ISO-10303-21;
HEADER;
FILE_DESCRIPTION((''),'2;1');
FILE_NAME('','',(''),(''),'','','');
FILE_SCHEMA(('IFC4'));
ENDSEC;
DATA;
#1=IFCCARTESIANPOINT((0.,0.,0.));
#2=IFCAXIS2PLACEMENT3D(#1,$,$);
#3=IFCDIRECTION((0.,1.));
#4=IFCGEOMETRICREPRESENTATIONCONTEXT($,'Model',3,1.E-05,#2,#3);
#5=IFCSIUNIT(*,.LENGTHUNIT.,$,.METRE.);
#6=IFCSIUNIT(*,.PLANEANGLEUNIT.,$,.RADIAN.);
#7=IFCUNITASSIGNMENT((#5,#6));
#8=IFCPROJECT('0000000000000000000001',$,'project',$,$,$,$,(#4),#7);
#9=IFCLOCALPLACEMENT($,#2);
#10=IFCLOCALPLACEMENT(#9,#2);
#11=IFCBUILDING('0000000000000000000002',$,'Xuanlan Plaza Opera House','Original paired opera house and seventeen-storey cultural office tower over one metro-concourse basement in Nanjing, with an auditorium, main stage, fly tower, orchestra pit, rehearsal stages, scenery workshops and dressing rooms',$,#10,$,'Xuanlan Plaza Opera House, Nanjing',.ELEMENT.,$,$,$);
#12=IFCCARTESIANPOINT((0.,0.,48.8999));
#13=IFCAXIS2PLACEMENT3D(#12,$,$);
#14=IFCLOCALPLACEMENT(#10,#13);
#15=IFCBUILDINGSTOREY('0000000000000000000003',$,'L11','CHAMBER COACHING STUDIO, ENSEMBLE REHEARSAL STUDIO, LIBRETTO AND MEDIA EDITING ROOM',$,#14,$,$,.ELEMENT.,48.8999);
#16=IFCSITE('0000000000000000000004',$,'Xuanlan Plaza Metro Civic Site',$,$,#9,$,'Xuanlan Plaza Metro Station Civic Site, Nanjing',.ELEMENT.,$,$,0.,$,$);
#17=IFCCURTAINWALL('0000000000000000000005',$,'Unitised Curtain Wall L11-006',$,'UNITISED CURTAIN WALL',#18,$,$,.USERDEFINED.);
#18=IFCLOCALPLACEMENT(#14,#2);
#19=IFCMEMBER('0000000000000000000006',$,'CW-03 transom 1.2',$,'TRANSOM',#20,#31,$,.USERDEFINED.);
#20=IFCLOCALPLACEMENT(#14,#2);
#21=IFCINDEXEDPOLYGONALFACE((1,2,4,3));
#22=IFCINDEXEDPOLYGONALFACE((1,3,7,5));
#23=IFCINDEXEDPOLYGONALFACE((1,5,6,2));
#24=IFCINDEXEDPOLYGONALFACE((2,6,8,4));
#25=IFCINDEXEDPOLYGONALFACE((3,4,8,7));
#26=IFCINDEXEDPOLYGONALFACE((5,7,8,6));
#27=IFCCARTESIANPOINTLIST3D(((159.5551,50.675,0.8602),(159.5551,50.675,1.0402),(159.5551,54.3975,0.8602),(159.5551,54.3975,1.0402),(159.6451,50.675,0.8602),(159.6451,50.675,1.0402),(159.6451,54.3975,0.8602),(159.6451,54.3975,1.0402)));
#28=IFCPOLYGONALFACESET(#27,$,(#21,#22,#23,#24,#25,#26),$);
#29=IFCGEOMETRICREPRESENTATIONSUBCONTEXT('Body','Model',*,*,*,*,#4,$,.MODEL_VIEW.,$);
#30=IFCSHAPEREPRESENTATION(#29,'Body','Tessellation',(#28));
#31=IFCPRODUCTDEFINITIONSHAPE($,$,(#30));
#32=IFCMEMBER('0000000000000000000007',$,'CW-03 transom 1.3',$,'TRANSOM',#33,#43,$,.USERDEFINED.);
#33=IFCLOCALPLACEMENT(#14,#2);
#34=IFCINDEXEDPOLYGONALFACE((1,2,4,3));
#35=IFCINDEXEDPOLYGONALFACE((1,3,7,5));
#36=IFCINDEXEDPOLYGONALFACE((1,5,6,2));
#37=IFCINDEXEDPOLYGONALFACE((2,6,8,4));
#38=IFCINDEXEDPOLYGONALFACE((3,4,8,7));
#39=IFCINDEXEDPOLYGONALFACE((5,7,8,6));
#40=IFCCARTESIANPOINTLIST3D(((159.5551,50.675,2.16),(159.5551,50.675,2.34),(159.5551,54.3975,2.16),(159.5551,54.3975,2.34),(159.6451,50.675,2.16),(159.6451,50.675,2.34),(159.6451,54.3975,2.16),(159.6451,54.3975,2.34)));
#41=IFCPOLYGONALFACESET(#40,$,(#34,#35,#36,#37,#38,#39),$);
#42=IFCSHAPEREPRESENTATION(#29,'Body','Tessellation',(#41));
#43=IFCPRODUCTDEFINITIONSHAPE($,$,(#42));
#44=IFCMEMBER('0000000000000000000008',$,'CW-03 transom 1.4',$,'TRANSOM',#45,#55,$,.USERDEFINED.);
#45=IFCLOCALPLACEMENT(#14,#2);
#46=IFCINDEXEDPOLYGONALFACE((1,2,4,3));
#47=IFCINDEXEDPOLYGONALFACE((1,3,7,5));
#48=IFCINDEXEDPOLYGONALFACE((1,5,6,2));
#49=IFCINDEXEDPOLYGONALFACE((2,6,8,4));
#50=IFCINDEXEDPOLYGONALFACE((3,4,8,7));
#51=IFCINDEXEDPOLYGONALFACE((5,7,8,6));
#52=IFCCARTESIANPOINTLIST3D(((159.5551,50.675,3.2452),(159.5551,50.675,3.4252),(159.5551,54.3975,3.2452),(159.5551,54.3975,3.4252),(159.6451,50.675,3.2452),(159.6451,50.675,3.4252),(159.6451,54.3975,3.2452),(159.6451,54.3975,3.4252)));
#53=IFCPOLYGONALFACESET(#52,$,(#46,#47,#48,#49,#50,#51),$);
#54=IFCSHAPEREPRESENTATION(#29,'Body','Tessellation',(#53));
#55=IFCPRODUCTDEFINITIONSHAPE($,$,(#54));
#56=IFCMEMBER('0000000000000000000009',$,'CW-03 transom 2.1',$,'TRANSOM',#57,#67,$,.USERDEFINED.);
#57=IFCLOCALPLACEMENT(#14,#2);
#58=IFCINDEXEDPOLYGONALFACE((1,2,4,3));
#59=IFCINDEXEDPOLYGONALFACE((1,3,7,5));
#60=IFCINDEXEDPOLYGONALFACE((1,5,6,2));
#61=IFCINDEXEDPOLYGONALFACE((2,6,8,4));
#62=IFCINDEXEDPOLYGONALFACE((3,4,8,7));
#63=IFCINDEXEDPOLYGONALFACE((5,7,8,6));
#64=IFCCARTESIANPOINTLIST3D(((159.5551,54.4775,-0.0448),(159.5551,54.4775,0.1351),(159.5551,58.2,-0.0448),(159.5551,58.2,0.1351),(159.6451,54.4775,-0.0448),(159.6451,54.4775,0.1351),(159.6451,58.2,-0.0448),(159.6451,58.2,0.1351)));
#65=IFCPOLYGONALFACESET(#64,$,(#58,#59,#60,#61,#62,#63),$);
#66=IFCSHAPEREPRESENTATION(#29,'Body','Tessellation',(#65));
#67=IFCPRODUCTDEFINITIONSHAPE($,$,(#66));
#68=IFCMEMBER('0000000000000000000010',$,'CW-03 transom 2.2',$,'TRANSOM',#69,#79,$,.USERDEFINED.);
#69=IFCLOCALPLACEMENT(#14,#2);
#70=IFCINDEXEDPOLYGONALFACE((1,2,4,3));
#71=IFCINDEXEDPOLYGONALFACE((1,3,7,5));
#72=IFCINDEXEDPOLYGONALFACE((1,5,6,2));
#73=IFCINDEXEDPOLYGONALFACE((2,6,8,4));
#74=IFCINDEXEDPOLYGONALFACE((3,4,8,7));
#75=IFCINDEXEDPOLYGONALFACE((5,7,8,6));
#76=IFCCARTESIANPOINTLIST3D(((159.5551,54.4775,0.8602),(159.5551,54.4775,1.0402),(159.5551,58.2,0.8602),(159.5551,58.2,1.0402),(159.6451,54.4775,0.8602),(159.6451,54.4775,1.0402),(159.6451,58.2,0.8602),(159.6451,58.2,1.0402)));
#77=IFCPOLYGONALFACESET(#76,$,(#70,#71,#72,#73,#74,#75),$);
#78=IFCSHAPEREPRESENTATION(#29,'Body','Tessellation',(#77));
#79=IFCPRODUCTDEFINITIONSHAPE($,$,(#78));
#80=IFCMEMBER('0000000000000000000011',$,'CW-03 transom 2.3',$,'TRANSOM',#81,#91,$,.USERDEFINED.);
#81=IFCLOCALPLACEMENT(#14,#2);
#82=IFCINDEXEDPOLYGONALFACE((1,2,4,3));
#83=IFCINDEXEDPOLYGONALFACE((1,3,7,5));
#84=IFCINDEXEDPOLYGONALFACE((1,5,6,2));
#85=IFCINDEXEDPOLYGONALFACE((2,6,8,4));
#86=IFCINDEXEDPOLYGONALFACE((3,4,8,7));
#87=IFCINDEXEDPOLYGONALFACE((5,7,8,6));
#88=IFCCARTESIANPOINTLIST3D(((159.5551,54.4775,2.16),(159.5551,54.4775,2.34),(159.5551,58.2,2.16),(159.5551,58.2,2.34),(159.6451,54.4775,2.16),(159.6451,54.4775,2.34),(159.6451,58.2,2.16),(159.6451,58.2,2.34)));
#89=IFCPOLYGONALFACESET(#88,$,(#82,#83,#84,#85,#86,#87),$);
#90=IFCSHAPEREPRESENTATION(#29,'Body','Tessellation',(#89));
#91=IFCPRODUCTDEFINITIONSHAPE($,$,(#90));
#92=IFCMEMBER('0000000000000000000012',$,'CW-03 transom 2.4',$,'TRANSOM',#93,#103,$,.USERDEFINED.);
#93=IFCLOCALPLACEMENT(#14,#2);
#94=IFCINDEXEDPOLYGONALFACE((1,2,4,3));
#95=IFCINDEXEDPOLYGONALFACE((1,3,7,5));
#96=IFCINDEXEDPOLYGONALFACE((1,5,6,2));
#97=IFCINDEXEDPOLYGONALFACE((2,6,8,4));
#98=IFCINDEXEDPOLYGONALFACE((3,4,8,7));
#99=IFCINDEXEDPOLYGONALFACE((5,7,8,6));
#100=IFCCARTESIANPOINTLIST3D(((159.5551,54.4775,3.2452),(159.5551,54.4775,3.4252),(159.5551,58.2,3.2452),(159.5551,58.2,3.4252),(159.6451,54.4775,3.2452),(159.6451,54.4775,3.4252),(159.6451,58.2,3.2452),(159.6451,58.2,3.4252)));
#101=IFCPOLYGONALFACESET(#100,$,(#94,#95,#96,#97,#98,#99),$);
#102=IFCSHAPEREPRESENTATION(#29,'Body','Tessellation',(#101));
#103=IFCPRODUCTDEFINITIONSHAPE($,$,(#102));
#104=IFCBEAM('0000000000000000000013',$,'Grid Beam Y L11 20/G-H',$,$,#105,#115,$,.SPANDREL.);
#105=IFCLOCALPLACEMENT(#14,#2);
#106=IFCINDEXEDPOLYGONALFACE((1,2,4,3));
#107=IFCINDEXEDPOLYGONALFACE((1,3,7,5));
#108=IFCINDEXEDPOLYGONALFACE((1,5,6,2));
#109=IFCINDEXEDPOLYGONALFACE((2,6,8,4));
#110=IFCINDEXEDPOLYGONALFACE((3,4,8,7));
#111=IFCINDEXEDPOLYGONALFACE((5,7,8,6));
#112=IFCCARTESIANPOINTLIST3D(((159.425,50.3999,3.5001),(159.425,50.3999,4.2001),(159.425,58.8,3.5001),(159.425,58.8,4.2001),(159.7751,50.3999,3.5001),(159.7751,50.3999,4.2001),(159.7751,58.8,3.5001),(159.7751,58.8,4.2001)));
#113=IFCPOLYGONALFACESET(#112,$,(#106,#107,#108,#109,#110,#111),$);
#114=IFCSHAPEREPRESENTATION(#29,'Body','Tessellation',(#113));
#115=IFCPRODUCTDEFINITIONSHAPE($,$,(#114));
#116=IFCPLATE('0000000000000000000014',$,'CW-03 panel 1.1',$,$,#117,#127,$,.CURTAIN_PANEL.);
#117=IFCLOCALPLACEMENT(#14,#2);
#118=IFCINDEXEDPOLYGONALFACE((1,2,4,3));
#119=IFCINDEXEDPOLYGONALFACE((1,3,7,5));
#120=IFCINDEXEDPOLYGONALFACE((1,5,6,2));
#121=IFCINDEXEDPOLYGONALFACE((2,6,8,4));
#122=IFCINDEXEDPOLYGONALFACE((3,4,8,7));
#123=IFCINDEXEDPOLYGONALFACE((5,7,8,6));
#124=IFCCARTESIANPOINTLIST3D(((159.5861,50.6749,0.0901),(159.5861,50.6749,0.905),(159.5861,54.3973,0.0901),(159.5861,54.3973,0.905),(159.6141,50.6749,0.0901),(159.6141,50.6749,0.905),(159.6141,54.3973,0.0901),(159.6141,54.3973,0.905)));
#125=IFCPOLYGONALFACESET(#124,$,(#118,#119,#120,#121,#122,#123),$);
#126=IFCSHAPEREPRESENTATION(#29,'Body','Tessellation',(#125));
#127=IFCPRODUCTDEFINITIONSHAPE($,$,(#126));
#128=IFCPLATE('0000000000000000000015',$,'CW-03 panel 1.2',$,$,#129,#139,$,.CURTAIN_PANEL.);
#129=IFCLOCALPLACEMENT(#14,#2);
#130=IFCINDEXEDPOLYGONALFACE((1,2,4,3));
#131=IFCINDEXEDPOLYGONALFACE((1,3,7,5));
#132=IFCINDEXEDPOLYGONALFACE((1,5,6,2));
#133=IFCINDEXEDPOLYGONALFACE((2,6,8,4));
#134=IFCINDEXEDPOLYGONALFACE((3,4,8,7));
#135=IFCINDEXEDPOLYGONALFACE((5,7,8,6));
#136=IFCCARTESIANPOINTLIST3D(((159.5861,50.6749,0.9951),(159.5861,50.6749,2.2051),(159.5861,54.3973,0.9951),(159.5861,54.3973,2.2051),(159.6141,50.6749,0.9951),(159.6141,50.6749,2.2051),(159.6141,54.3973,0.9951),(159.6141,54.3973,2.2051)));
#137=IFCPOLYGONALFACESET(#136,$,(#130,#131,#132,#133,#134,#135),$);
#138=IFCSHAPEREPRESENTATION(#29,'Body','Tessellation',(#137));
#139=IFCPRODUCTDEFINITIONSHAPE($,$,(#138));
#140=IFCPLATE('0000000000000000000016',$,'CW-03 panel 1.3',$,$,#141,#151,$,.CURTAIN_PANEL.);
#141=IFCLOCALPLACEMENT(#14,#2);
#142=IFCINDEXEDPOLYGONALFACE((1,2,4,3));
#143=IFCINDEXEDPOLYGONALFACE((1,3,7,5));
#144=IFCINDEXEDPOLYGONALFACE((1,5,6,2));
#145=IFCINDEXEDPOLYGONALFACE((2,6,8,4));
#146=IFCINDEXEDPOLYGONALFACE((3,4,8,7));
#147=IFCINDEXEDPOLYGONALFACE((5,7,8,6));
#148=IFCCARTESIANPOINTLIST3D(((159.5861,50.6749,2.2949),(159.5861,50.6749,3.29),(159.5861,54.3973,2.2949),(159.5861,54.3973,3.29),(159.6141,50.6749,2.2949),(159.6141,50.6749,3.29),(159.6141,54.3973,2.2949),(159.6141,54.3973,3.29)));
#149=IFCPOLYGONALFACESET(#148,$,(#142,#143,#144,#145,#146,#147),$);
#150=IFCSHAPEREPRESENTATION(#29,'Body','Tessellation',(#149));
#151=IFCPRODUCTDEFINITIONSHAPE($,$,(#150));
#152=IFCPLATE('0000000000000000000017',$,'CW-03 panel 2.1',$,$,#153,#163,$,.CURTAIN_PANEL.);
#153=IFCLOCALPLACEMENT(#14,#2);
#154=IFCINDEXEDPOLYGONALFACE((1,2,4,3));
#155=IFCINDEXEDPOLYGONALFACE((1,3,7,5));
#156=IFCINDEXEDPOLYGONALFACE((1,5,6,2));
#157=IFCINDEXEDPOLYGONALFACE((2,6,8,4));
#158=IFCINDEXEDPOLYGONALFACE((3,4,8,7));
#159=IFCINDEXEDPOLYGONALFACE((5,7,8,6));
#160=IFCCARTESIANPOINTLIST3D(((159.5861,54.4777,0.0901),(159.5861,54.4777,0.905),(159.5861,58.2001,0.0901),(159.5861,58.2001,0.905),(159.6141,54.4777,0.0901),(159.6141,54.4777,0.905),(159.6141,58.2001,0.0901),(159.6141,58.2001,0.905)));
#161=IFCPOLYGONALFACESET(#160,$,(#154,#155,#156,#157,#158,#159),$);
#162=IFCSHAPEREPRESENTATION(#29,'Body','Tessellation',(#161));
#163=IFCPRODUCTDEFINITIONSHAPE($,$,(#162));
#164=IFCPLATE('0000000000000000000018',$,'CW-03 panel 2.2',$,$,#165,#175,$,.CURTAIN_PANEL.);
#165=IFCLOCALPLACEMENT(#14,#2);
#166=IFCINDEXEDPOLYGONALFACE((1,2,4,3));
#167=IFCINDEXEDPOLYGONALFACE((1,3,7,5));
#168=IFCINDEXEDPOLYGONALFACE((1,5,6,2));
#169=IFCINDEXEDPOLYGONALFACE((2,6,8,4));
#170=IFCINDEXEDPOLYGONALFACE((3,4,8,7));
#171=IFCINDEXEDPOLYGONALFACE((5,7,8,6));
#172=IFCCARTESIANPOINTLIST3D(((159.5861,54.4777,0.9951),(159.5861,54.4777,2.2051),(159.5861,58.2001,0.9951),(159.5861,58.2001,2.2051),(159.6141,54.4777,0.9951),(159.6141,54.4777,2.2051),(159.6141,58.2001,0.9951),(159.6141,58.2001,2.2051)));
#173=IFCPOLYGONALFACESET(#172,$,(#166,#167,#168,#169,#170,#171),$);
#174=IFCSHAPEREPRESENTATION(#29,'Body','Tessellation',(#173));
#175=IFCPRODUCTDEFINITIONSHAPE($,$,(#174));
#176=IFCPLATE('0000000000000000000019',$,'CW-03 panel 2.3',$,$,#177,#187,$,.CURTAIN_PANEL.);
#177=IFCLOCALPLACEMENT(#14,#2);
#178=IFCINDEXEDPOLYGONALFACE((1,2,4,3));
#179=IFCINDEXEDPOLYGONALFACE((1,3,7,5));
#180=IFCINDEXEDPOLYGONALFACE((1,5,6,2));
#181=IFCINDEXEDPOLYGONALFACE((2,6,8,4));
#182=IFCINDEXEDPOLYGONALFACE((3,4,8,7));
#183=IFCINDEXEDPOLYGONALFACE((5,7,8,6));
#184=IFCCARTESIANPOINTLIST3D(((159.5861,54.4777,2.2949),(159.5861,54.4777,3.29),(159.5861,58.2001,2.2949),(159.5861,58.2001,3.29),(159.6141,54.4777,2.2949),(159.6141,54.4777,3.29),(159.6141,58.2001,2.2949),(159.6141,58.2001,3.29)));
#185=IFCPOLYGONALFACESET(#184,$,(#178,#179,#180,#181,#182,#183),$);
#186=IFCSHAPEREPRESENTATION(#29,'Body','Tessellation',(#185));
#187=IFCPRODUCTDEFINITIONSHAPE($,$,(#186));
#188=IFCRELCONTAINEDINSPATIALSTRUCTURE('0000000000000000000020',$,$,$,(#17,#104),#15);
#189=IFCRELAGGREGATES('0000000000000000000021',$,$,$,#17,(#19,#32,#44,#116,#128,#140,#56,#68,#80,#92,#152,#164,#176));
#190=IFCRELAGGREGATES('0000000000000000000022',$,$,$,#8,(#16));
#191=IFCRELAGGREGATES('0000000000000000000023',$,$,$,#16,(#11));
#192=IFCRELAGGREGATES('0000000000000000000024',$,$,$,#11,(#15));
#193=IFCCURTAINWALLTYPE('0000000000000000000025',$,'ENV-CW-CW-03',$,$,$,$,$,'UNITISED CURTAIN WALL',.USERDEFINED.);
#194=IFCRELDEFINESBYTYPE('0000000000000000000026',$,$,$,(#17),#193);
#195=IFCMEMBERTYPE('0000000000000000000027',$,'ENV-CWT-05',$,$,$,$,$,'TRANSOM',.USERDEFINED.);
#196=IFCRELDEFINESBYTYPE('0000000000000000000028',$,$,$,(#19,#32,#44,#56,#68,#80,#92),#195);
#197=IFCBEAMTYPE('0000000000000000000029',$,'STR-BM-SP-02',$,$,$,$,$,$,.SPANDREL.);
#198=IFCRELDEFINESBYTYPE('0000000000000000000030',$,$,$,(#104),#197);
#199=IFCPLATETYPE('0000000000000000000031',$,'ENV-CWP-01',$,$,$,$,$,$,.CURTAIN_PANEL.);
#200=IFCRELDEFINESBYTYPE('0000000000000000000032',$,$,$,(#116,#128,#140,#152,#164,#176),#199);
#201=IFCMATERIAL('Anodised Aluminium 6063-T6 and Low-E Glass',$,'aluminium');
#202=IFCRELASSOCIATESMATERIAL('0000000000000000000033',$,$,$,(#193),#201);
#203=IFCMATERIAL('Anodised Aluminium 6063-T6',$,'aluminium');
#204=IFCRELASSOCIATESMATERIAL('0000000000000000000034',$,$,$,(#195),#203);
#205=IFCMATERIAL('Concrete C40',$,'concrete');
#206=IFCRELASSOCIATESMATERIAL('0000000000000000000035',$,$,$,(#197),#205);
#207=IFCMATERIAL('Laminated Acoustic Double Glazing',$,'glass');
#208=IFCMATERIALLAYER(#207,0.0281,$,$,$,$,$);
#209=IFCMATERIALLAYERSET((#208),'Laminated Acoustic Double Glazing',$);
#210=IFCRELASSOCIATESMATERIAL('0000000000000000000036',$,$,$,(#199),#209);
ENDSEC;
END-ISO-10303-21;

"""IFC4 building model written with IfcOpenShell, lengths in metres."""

from ifc_helpers import new_model, si_unit, direction, frame, origin, origin_2d, place, context, subcontext, project, spatial, rectangle, extrude, material, layer, layer_set, material_profile, profile_set, type_object, element, aggregate, save


model = new_model("IFC4")

# Units and contexts
model_context = context("Model", 3, precision=1e-05, world=origin(), true_north=direction((0.0, 1.0)))
body_context = subcontext(model_context, "Body", "Model", "MODEL_VIEW")
ifc_project = project(units=[si_unit("LENGTHUNIT", "METRE"), si_unit("PLANEANGLEUNIT", "RADIAN")], contexts=[model_context])

# Site, building, storey
site_placement = place(None, origin())
site = spatial("IfcSite", under=ifc_project, at=site_placement, Name="Xuanlan Plaza Metro Civic Site", LongName="Xuanlan Plaza Metro Station Civic Site, Nanjing", CompositionType="ELEMENT", RefElevation=0.0)
building_placement = place(site_placement, origin())
building = spatial("IfcBuilding", under=site, at=building_placement, Name="Xuanlan Plaza Opera House", Description="Original paired opera house and seventeen-storey cultural office tower over one metro-concourse basement in Nanjing, with an auditorium, main stage, fly tower, orchestra pit, rehearsal stages, scenery workshops and dressing rooms", LongName="Xuanlan Plaza Opera House, Nanjing", CompositionType="ELEMENT")
storey_placement = place(building_placement, frame((0.0, 0.0, 48.8999)))
storey = spatial("IfcBuildingStorey", under=building, at=storey_placement, Name="L11", Description="CHAMBER COACHING STUDIO, ENSEMBLE REHEARSAL STUDIO, LIBRETTO AND MEDIA EDITING ROOM", CompositionType="ELEMENT", Elevation=48.8999)

# Curtain wall
ifc_material_1 = material(Name="Anodised Aluminium 6063-T6 and Low-E Glass", Category="aluminium")
ifc_material_2 = material(Name="Anodised Aluminium 6063-T6", Category="aluminium")
curtain_wall_type_1 = type_object("IfcCurtainWallType", Name="ENV-CW-CW-03", ElementType="UNITISED CURTAIN WALL", PredefinedType="USERDEFINED", material=ifc_material_1)
curtain_wall_1_placement = place(storey_placement, origin())
curtain_wall_1 = element("IfcCurtainWall", 1, at=curtain_wall_1_placement, inside=storey, type_object=curtain_wall_type_1, Name="Unitised Curtain Wall L11-006", ObjectType="UNITISED CURTAIN WALL", PredefinedType="USERDEFINED")

# Members
ifc_material_profile_1 = material_profile(ifc_material_2, rectangle(XDim=0.0901, YDim=0.1799, at=origin_2d()), Name="ALU-T 90x180")
ifc_profile_set_1 = profile_set([ifc_material_profile_1], Name="Anodised Aluminium 6063-T6")
member_type_1 = type_object("IfcMemberType", Name="ENV-CWT-05", ElementType="TRANSOM", PredefinedType="USERDEFINED", material=ifc_profile_set_1)
member_1_placement = place(storey_placement, frame((159.6001, 50.675, 0.9502), z_axis=(0.0, 1.0, 0.0), x_axis=(-1.0, 0.0, 0.0)))
member_1 = element("IfcMember", 2, at=member_1_placement, type_object=member_type_1, Name="CW-03 transom 1.2", ObjectType="TRANSOM", PredefinedType="USERDEFINED", context=body_context, shape_type="SweptSolid", body=[
    extrude(rectangle(XDim=0.0901, YDim=0.1799, at=origin_2d()), origin(), (0.0, 0.0, 1.0), 3.7224),
])
member_2_placement = place(storey_placement, frame((159.6001, 50.675, 2.25), z_axis=(0.0, 1.0, 0.0), x_axis=(-1.0, 0.0, 0.0)))
member_2 = element("IfcMember", 3, at=member_2_placement, type_object=member_type_1, Name="CW-03 transom 1.3", ObjectType="TRANSOM", PredefinedType="USERDEFINED", context=body_context, shape_type="SweptSolid", body=[
    extrude(rectangle(XDim=0.0901, YDim=0.1799, at=origin_2d()), origin(), (0.0, 0.0, 1.0), 3.7224),
])
member_3_placement = place(storey_placement, frame((159.6001, 50.675, 3.3352), z_axis=(0.0, 1.0, 0.0), x_axis=(-1.0, 0.0, 0.0)))
member_3 = element("IfcMember", 4, at=member_3_placement, type_object=member_type_1, Name="CW-03 transom 1.4", ObjectType="TRANSOM", PredefinedType="USERDEFINED", context=body_context, shape_type="SweptSolid", body=[
    extrude(rectangle(XDim=0.0901, YDim=0.1799, at=origin_2d()), origin(), (0.0, 0.0, 1.0), 3.7224),
])
member_4_placement = place(storey_placement, frame((159.6001, 54.4775, 0.0452), z_axis=(0.0, 1.0, 0.0), x_axis=(-1.0, 0.0, 0.0)))
member_4 = element("IfcMember", 5, at=member_4_placement, type_object=member_type_1, Name="CW-03 transom 2.1", ObjectType="TRANSOM", PredefinedType="USERDEFINED", context=body_context, shape_type="SweptSolid", body=[
    extrude(rectangle(XDim=0.0901, YDim=0.1799, at=origin_2d()), origin(), (0.0, 0.0, 1.0), 3.7224),
])
member_5_placement = place(storey_placement, frame((159.6001, 54.4775, 0.9502), z_axis=(0.0, 1.0, 0.0), x_axis=(-1.0, 0.0, 0.0)))
member_5 = element("IfcMember", 6, at=member_5_placement, type_object=member_type_1, Name="CW-03 transom 2.2", ObjectType="TRANSOM", PredefinedType="USERDEFINED", context=body_context, shape_type="SweptSolid", body=[
    extrude(rectangle(XDim=0.0901, YDim=0.1799, at=origin_2d()), origin(), (0.0, 0.0, 1.0), 3.7224),
])
member_6_placement = place(storey_placement, frame((159.6001, 54.4775, 2.25), z_axis=(0.0, 1.0, 0.0), x_axis=(-1.0, 0.0, 0.0)))
member_6 = element("IfcMember", 7, at=member_6_placement, type_object=member_type_1, Name="CW-03 transom 2.3", ObjectType="TRANSOM", PredefinedType="USERDEFINED", context=body_context, shape_type="SweptSolid", body=[
    extrude(rectangle(XDim=0.0901, YDim=0.1799, at=origin_2d()), origin(), (0.0, 0.0, 1.0), 3.7224),
])
member_7_placement = place(storey_placement, frame((159.6001, 54.4775, 3.3352), z_axis=(0.0, 1.0, 0.0), x_axis=(-1.0, 0.0, 0.0)))
member_7 = element("IfcMember", 8, at=member_7_placement, type_object=member_type_1, Name="CW-03 transom 2.4", ObjectType="TRANSOM", PredefinedType="USERDEFINED", context=body_context, shape_type="SweptSolid", body=[
    extrude(rectangle(XDim=0.0901, YDim=0.1799, at=origin_2d()), origin(), (0.0, 0.0, 1.0), 3.7224),
])

# Beam
ifc_material_3 = material(Name="Concrete C40", Category="concrete")
ifc_material_profile_2 = material_profile(ifc_material_3, rectangle(XDim=0.3501, YDim=0.7, at=origin_2d()), Name="RC-SPD 350x700")
ifc_profile_set_2 = profile_set([ifc_material_profile_2], Name="Concrete C40")
beam_type = type_object("IfcBeamType", Name="STR-BM-SP-02", PredefinedType="SPANDREL", material=ifc_profile_set_2)
beam_placement = place(storey_placement, frame((159.6001, 50.3999, 3.8501), z_axis=(0.0, 1.0, 0.0), x_axis=(-1.0, 0.0, 0.0)))
element("IfcBeam", 9, at=beam_placement, inside=storey, type_object=beam_type, Name="Grid Beam Y L11 20/G-H", PredefinedType="SPANDREL", context=body_context, shape_type="SweptSolid", body=[
    extrude(rectangle(XDim=0.3501, YDim=0.7, at=origin_2d()), origin(), (0.0, 0.0, 1.0), 8.4001),
])

# Plates
ifc_material_4 = material(Name="Laminated Acoustic Double Glazing", Category="glass")
ifc_layer_1 = layer(ifc_material_4, 0.0281)
ifc_layer_set_1 = layer_set([ifc_layer_1], Name="Laminated Acoustic Double Glazing")
plate_type_1 = type_object("IfcPlateType", Name="ENV-CWP-01", PredefinedType="CURTAIN_PANEL", material=ifc_layer_set_1)
plate_1_placement = place(storey_placement, frame((159.6001, 52.5361, 0.0901), z_axis=(0.0, 0.0, 1.0), x_axis=(0.0, 1.0, 0.0)))
plate_1 = element("IfcPlate", 10, at=plate_1_placement, type_object=plate_type_1, Name="CW-03 panel 1.1", PredefinedType="CURTAIN_PANEL", context=body_context, shape_type="SweptSolid", body=[
    extrude(rectangle(XDim=3.7224, YDim=0.0281, at=origin_2d()), origin(), (0.0, 0.0, 1.0), 0.8149),
])
plate_2_placement = place(storey_placement, frame((159.6001, 52.5361, 0.9951), z_axis=(0.0, 0.0, 1.0), x_axis=(0.0, 1.0, 0.0)))
plate_2 = element("IfcPlate", 11, at=plate_2_placement, type_object=plate_type_1, Name="CW-03 panel 1.2", PredefinedType="CURTAIN_PANEL", context=body_context, shape_type="SweptSolid", body=[
    extrude(rectangle(XDim=3.7224, YDim=0.0281, at=origin_2d()), origin(), (0.0, 0.0, 1.0), 1.21),
])
plate_3_placement = place(storey_placement, frame((159.6001, 52.5361, 2.2949), z_axis=(0.0, 0.0, 1.0), x_axis=(0.0, 1.0, 0.0)))
plate_3 = element("IfcPlate", 12, at=plate_3_placement, type_object=plate_type_1, Name="CW-03 panel 1.3", PredefinedType="CURTAIN_PANEL", context=body_context, shape_type="SweptSolid", body=[
    extrude(rectangle(XDim=3.7224, YDim=0.0281, at=origin_2d()), origin(), (0.0, 0.0, 1.0), 0.9951),
])
plate_4_placement = place(storey_placement, frame((159.6001, 56.3389, 0.0901), z_axis=(0.0, 0.0, 1.0), x_axis=(0.0, 1.0, 0.0)))
plate_4 = element("IfcPlate", 13, at=plate_4_placement, type_object=plate_type_1, Name="CW-03 panel 2.1", PredefinedType="CURTAIN_PANEL", context=body_context, shape_type="SweptSolid", body=[
    extrude(rectangle(XDim=3.7224, YDim=0.0281, at=origin_2d()), origin(), (0.0, 0.0, 1.0), 0.8149),
])
plate_5_placement = place(storey_placement, frame((159.6001, 56.3389, 0.9951), z_axis=(0.0, 0.0, 1.0), x_axis=(0.0, 1.0, 0.0)))
plate_5 = element("IfcPlate", 14, at=plate_5_placement, type_object=plate_type_1, Name="CW-03 panel 2.2", PredefinedType="CURTAIN_PANEL", context=body_context, shape_type="SweptSolid", body=[
    extrude(rectangle(XDim=3.7224, YDim=0.0281, at=origin_2d()), origin(), (0.0, 0.0, 1.0), 1.21),
])
plate_6_placement = place(storey_placement, frame((159.6001, 56.3389, 2.2949), z_axis=(0.0, 0.0, 1.0), x_axis=(0.0, 1.0, 0.0)))
plate_6 = element("IfcPlate", 15, at=plate_6_placement, type_object=plate_type_1, Name="CW-03 panel 2.3", PredefinedType="CURTAIN_PANEL", context=body_context, shape_type="SweptSolid", body=[
    extrude(rectangle(XDim=3.7224, YDim=0.0281, at=origin_2d()), origin(), (0.0, 0.0, 1.0), 0.9951),
])
aggregate(curtain_wall_1, [member_1, member_2, member_3, plate_1, plate_2, plate_3, member_4, member_5, member_6, member_7, plate_4, plate_5, plate_6])

save(model, "model.ifc")
